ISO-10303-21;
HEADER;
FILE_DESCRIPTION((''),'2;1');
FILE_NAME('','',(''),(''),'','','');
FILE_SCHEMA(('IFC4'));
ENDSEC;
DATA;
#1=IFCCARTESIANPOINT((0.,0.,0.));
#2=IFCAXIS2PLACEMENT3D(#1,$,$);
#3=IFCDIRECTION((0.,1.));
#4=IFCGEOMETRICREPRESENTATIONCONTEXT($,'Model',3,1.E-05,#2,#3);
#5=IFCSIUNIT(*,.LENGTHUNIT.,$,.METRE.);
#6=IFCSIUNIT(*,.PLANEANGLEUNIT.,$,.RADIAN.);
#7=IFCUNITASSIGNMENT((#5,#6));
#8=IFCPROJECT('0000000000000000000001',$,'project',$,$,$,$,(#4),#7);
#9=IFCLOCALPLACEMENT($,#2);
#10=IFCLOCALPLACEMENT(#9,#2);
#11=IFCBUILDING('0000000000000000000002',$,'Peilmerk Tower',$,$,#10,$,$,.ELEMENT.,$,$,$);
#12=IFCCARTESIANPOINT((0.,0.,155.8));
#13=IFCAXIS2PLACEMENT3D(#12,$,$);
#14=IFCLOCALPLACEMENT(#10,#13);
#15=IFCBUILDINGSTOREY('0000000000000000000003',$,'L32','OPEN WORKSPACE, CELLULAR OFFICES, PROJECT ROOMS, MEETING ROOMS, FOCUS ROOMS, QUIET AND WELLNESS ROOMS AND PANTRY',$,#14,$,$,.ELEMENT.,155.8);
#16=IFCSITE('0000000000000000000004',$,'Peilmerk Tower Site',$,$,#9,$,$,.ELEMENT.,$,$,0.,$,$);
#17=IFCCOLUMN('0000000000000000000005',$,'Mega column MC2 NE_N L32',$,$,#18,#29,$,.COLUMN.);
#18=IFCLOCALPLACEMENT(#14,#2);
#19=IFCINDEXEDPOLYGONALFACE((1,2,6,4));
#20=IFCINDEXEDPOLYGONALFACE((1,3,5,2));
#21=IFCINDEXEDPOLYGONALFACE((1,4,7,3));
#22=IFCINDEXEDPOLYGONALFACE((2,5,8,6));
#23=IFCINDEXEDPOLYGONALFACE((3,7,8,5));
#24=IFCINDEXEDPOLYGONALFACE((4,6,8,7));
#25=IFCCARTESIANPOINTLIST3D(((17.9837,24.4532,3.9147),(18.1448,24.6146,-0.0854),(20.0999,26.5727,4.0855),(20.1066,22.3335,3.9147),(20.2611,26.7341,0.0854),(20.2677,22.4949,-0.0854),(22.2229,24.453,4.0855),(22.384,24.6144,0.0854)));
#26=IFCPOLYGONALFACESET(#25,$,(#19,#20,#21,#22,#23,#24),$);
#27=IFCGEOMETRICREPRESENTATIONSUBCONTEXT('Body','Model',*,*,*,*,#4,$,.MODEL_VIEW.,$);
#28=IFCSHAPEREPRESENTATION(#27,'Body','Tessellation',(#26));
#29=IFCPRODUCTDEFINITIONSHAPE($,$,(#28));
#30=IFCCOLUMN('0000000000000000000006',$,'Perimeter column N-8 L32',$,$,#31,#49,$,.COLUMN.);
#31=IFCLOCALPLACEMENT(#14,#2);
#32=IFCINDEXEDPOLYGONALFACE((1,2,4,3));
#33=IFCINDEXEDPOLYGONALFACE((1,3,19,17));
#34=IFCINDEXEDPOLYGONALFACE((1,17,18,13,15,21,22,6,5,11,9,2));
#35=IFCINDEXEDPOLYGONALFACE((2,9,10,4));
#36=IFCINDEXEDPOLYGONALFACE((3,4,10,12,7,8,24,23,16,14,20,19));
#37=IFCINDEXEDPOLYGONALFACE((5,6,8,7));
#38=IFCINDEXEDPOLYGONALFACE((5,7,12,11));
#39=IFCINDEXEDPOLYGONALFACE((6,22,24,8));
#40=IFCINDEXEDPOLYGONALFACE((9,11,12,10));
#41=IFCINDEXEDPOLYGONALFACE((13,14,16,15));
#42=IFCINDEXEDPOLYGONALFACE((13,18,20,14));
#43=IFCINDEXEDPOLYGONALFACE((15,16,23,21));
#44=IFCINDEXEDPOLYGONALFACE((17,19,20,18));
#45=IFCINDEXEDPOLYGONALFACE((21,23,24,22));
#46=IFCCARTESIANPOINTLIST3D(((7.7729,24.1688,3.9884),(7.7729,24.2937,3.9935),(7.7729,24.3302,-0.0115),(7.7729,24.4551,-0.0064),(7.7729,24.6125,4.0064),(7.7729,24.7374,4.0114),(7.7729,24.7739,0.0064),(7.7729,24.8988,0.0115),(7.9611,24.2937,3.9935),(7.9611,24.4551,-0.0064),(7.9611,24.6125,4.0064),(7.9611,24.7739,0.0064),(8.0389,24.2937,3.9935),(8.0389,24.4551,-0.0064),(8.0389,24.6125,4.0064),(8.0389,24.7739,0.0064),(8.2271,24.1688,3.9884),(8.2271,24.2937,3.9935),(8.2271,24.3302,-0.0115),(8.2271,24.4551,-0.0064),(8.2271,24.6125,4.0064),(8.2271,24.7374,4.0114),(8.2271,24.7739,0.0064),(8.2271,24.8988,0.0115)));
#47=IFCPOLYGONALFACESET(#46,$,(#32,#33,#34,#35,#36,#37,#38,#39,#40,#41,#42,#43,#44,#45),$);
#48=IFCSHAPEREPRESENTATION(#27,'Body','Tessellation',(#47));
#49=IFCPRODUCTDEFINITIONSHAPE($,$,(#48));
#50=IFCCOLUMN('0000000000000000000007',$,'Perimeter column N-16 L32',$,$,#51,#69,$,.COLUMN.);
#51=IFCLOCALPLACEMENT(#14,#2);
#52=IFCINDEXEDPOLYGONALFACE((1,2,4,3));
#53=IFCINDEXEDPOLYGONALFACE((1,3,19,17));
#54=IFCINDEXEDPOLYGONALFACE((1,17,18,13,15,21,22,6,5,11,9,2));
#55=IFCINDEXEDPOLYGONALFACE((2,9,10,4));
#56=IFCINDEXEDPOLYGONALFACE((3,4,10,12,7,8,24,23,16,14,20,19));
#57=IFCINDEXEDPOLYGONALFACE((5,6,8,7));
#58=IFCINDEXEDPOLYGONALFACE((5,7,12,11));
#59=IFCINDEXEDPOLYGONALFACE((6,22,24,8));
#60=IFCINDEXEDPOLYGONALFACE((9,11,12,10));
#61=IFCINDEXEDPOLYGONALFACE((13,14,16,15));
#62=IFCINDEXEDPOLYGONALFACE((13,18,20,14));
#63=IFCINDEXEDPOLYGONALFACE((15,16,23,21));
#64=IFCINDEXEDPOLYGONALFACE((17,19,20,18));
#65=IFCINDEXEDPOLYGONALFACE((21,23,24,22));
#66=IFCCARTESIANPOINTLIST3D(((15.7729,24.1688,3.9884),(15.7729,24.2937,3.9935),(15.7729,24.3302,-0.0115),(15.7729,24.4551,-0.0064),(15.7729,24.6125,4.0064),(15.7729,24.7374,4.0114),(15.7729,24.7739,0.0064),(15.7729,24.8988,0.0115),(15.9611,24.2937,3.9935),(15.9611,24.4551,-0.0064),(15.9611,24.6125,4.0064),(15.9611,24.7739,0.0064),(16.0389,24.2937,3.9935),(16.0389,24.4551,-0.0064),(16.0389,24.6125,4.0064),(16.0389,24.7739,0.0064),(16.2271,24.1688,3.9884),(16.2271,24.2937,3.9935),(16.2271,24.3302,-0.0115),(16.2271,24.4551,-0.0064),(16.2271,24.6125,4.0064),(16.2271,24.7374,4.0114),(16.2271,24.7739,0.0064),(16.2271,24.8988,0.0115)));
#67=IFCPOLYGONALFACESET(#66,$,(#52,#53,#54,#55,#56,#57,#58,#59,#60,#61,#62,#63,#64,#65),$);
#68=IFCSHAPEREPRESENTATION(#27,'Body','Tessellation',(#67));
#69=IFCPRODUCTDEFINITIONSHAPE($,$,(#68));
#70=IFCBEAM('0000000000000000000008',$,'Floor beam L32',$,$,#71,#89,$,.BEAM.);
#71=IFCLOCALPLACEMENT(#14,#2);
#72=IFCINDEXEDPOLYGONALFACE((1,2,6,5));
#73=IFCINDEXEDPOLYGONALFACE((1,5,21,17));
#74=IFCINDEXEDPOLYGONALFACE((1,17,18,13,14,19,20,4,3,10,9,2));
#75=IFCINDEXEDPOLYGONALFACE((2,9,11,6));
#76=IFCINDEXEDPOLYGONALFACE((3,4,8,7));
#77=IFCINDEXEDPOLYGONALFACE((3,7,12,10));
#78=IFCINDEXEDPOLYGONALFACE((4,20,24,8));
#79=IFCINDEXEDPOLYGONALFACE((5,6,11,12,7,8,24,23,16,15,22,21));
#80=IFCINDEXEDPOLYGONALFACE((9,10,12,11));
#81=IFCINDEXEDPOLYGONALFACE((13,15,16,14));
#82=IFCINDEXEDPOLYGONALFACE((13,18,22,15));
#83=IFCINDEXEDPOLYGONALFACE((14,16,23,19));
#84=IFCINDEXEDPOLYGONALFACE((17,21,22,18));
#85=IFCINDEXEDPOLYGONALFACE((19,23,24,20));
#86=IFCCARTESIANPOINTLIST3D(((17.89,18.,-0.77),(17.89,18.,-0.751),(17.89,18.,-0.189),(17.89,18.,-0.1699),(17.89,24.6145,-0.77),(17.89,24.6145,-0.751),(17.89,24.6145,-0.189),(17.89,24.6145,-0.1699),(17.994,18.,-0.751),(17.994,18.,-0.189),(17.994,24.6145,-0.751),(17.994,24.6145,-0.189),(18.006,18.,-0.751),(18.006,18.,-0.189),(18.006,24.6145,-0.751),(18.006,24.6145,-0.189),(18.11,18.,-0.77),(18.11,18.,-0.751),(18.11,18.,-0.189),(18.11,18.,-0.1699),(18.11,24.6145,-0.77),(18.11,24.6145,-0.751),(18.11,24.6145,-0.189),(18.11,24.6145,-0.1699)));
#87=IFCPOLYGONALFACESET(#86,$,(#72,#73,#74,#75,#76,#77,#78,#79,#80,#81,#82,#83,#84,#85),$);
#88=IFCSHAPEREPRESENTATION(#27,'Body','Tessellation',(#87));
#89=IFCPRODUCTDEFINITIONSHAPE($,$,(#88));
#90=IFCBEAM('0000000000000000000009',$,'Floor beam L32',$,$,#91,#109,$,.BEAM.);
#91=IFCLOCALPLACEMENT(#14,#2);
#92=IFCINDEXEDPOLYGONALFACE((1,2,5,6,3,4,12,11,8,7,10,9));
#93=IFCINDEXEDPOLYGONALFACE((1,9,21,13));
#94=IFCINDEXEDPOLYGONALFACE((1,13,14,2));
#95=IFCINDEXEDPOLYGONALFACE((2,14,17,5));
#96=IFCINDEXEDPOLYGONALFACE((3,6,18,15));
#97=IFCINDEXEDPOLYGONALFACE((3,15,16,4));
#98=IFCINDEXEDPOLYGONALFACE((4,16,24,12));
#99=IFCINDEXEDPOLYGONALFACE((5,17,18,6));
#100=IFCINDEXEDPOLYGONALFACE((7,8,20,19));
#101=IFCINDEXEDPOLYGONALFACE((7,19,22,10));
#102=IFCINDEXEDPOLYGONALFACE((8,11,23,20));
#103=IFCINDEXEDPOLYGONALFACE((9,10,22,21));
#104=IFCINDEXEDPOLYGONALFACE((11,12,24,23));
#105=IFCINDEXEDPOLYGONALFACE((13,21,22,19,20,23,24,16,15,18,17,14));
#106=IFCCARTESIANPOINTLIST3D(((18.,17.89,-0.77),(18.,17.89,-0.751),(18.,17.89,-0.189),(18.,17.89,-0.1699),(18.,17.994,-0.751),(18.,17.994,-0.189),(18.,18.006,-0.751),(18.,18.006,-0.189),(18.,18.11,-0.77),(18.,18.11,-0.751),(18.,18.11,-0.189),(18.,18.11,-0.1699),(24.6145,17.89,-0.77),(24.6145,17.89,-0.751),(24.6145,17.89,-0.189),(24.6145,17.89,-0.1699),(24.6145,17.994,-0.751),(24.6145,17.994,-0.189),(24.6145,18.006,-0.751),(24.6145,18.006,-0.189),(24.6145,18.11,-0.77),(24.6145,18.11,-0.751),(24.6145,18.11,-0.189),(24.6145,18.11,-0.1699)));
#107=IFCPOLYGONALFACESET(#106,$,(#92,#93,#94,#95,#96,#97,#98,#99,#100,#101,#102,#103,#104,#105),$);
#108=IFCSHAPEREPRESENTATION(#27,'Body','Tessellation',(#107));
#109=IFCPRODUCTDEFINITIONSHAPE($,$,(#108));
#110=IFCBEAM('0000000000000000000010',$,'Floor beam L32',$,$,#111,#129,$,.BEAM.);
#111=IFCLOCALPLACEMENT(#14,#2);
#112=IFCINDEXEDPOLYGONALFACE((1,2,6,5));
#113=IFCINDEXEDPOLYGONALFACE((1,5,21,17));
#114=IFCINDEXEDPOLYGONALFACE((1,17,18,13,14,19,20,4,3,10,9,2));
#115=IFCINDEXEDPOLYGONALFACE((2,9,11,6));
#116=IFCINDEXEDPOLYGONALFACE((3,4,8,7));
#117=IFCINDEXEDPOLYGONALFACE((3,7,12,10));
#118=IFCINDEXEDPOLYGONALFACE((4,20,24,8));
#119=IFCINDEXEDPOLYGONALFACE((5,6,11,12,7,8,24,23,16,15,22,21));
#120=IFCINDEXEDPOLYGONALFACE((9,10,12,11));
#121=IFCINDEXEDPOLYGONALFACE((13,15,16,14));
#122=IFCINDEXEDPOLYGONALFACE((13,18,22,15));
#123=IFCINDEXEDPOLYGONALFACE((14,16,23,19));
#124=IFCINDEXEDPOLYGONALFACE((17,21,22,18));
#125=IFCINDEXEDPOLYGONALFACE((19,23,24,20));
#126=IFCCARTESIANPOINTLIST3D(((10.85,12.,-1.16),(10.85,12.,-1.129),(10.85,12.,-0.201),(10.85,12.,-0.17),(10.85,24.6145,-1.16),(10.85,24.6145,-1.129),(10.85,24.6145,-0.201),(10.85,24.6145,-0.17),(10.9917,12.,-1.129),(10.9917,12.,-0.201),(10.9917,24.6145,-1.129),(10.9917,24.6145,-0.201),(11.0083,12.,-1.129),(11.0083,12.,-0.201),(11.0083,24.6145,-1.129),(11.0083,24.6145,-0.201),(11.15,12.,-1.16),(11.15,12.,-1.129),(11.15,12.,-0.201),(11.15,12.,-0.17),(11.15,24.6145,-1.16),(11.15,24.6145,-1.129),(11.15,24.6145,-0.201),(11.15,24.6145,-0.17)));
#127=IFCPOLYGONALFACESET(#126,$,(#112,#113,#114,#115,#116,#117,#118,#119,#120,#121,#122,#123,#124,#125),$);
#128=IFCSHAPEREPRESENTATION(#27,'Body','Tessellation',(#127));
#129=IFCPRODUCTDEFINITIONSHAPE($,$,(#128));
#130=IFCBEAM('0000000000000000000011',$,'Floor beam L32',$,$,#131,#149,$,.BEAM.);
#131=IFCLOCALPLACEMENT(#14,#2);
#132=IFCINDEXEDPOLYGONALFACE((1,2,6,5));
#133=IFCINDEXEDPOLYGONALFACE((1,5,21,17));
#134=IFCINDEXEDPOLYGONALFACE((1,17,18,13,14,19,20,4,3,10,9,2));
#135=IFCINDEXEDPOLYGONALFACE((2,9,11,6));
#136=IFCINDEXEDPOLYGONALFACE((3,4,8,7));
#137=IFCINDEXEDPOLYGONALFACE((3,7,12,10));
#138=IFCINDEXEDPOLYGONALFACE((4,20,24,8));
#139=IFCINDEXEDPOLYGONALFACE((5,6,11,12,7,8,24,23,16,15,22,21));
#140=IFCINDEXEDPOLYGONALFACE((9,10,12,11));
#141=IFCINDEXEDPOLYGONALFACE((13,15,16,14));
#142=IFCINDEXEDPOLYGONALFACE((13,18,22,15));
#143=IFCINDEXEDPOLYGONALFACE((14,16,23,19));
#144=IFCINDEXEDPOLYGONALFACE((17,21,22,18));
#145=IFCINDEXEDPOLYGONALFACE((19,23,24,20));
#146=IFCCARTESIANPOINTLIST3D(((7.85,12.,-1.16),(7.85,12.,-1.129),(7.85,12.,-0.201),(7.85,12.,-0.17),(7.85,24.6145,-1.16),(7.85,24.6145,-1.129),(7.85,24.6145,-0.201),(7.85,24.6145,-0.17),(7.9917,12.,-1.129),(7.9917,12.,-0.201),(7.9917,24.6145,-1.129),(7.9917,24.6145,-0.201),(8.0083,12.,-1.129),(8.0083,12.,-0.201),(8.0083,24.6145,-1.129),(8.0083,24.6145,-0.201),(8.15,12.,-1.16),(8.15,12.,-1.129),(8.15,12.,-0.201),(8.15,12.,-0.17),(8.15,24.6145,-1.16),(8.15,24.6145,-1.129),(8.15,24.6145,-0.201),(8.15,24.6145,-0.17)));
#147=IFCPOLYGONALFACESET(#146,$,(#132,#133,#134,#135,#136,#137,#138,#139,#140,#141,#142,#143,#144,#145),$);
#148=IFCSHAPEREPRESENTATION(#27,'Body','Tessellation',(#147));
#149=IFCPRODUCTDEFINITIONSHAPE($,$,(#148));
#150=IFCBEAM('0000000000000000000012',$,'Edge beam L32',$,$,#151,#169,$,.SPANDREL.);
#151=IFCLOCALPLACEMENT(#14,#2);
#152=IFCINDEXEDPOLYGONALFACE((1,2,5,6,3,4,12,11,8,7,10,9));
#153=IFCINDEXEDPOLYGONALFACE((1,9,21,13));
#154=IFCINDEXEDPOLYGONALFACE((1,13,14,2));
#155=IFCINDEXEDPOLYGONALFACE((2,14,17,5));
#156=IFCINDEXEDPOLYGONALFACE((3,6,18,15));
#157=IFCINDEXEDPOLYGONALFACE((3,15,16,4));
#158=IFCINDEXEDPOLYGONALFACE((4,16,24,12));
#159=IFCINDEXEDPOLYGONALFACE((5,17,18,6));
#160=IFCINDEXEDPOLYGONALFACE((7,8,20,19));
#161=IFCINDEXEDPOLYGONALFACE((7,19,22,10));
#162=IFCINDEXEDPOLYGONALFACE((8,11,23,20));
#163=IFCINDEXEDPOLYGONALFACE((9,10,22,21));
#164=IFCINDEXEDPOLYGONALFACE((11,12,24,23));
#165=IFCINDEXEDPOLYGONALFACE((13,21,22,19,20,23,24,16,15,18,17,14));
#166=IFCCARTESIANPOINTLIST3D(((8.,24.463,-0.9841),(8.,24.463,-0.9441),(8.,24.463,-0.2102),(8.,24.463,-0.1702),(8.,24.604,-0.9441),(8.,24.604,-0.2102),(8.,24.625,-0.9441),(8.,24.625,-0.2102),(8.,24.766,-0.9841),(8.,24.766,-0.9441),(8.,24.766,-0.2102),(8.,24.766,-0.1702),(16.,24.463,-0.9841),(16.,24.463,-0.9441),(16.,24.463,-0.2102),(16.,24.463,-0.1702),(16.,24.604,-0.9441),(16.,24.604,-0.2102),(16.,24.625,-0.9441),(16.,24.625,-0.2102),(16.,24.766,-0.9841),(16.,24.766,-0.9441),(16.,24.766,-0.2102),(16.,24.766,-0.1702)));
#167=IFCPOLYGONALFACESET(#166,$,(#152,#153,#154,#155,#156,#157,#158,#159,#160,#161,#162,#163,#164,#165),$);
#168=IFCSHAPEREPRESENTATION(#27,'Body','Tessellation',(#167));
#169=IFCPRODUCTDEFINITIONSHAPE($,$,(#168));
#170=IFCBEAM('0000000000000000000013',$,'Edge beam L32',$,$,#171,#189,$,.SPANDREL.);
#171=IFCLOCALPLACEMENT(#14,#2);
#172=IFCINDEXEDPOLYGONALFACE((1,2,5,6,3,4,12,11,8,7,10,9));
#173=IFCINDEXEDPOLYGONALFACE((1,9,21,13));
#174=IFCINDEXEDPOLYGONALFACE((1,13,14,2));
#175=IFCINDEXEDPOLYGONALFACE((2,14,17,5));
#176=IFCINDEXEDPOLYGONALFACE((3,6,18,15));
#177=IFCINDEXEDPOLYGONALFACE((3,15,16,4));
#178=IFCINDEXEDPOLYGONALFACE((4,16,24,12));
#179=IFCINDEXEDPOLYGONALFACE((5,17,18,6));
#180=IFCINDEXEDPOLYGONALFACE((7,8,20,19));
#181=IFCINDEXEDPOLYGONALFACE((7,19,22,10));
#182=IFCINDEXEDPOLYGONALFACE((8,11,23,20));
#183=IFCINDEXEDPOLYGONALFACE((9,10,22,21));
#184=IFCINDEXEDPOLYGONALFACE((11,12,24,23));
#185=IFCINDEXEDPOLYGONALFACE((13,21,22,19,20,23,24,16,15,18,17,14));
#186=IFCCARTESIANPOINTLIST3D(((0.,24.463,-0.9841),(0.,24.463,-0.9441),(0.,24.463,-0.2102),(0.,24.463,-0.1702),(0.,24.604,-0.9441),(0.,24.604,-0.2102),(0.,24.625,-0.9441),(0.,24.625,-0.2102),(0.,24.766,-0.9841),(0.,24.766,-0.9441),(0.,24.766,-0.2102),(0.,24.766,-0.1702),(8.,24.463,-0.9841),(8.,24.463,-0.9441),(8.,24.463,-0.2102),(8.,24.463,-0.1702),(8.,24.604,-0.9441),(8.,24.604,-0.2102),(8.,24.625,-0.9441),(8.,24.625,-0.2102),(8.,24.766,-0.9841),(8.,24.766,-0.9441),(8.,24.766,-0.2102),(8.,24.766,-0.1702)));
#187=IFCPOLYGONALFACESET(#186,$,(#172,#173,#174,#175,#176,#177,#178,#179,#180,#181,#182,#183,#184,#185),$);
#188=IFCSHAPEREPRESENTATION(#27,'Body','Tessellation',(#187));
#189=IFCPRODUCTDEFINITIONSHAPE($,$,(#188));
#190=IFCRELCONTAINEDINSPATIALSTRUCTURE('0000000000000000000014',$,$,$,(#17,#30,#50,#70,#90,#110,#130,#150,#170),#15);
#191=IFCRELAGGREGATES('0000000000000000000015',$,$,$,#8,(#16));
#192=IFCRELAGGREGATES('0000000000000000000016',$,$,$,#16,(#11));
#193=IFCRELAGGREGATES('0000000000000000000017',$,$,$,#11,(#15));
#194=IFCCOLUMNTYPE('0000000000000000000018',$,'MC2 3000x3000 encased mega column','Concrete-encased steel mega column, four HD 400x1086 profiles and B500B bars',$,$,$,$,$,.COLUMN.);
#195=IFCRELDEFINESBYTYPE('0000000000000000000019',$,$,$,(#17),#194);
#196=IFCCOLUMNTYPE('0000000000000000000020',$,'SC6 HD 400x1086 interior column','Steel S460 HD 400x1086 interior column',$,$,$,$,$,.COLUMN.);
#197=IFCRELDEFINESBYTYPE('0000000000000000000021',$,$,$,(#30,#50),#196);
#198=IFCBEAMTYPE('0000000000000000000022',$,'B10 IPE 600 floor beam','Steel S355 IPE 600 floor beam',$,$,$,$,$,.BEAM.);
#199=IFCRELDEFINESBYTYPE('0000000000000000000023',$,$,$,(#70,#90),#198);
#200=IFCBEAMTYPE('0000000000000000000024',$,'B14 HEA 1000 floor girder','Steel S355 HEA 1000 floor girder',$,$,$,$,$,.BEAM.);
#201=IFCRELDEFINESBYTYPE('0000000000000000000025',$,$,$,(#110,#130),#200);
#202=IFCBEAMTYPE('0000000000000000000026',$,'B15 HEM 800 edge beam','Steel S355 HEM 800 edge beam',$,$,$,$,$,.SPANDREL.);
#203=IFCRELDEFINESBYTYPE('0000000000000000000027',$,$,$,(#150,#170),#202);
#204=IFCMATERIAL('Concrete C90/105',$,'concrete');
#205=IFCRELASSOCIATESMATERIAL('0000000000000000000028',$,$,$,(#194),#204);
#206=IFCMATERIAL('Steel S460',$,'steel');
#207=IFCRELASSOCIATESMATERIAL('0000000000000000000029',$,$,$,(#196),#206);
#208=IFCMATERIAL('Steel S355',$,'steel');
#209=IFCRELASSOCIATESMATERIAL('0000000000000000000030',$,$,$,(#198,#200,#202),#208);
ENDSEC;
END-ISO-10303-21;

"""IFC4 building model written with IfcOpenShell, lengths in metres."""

from ifc_helpers import new_model, si_unit, direction, frame, origin, origin_2d, place, context, subcontext, project, spatial, rectangle, i_section, extrude, material, material_profile, profile_set, type_object, element, save


model = new_model("IFC4")

# Units and contexts
model_context = context("Model", 3, precision=1e-05, world=origin(), true_north=direction((0.0, 1.0)))
body_context = subcontext(model_context, "Body", "Model", "MODEL_VIEW")
ifc_project = project(units=[si_unit("LENGTHUNIT", "METRE"), si_unit("PLANEANGLEUNIT", "RADIAN")], contexts=[model_context])

# Site, building, storey
site_placement = place(None, origin())
site = spatial("IfcSite", under=ifc_project, at=site_placement, Name="Peilmerk Tower Site", CompositionType="ELEMENT", RefElevation=0.0)
building_placement = place(site_placement, origin())
building = spatial("IfcBuilding", under=site, at=building_placement, Name="Peilmerk Tower", CompositionType="ELEMENT")
storey_placement = place(building_placement, frame((0.0, 0.0, 155.8)))
storey = spatial("IfcBuildingStorey", under=building, at=storey_placement, Name="L32", Description="OPEN WORKSPACE, CELLULAR OFFICES, PROJECT ROOMS, MEETING ROOMS, FOCUS ROOMS, QUIET AND WELLNESS ROOMS AND PANTRY", CompositionType="ELEMENT", Elevation=155.8)

# Columns
ifc_material_1 = material(Name="Concrete C90/105", Category="concrete")
ifc_material_profile_1 = material_profile(ifc_material_1, rectangle(XDim=3.0, YDim=3.0, at=origin_2d()), Name="RC 3000x3000")
ifc_profile_set_1 = profile_set([ifc_material_profile_1], Name="Concrete C90/105")
column_type_1 = type_object("IfcColumnType", Name="MC2 3000x3000 encased mega column", Description="Concrete-encased steel mega column, four HD 400x1086 profiles and B500B bars", PredefinedType="COLUMN", material=ifc_profile_set_1)
column_placement = place(storey_placement, frame((20.2644, 24.6145, 0.0), z_axis=(-0.040218, -0.040279, 0.998379), x_axis=(0.707642, -0.706571, 0.0)))
element("IfcColumn", 1, at=column_placement, inside=storey, type_object=column_type_1, Name="Mega column MC2 NE_N L32", PredefinedType="COLUMN", context=body_context, shape_type="SweptSolid", body=[
    extrude(rectangle(XDim=3.0, YDim=3.0, at=origin_2d()), origin(), (0.0, 0.0, 1.0), 4.0066),
])
ifc_material_2 = material(Name="Steel S460", Category="steel")
ifc_material_profile_2 = material_profile(ifc_material_2, i_section(OverallWidth=0.4541, OverallDepth=0.5691, WebThickness=0.0779, FlangeThickness=0.125, at=origin_2d()), Name="HD 400x1086")
ifc_profile_set_2 = profile_set([ifc_material_profile_2], Name="Steel S460")
column_type_2 = type_object("IfcColumnType", Name="SC6 HD 400x1086 interior column", Description="Steel S460 HD 400x1086 interior column", PredefinedType="COLUMN", material=ifc_profile_set_2)
for number, where, z_axis, x_axis, name in (
    (2, (8.0, 24.6145, 0.0), (0.0, -0.040311, 0.999187), (1.0, 0.0, 0.0), "Perimeter column N-8 L32"),
    (3, (16.0, 24.6145, 0.0), (0.0, -0.040311, 0.999187), (1.0, 0.0, 0.0), "Perimeter column N-16 L32"),
):
    element("IfcColumn", number, at=place(storey_placement, frame(where, z_axis=z_axis, x_axis=x_axis)), inside=storey, type_object=column_type_2, Name=name, PredefinedType="COLUMN", context=body_context, shape_type="SweptSolid", body=[
        extrude(i_section(OverallWidth=0.4541, OverallDepth=0.5691, WebThickness=0.0779, FlangeThickness=0.125, at=origin_2d()), origin(), (0.0, 0.0, 1.0), 4.0032),
    ])

# Beams
ifc_material_3 = material(Name="Steel S355", Category="steel")
ifc_material_profile_3 = material_profile(ifc_material_3, i_section(OverallWidth=0.22, OverallDepth=0.6001, WebThickness=0.012, FlangeThickness=0.019, at=origin_2d()), Name="IPE 600")
ifc_profile_set_3 = profile_set([ifc_material_profile_3], Name="Steel S355")
beam_type_1 = type_object("IfcBeamType", Name="B10 IPE 600 floor beam", Description="Steel S355 IPE 600 floor beam", PredefinedType="BEAM", material=ifc_profile_set_3)
for number, where, z_axis, x_axis, name in (
    (4, (18.0, 18.0, -0.47), (0.0, 1.0, 0.0), (-1.0, 0.0, 0.0), "Floor beam L32"),
    (5, (18.0, 18.0, -0.47), (1.0, 0.0, 0.0), (0.0, 1.0, 0.0), "Floor beam L32"),
):
    element("IfcBeam", number, at=place(storey_placement, frame(where, z_axis=z_axis, x_axis=x_axis)), inside=storey, type_object=beam_type_1, Name=name, PredefinedType="BEAM", context=body_context, shape_type="SweptSolid", body=[
        extrude(i_section(OverallWidth=0.22, OverallDepth=0.6001, WebThickness=0.012, FlangeThickness=0.019, at=origin_2d()), origin(), (0.0, 0.0, 1.0), 6.6145),
    ])
ifc_material_profile_4 = material_profile(ifc_material_3, i_section(OverallWidth=0.3, OverallDepth=0.99, WebThickness=0.0166, FlangeThickness=0.031, at=origin_2d()), Name="HEA 1000")
ifc_profile_set_4 = profile_set([ifc_material_profile_4], Name="Steel S355")
beam_type_2 = type_object("IfcBeamType", Name="B14 HEA 1000 floor girder", Description="Steel S355 HEA 1000 floor girder", PredefinedType="BEAM", material=ifc_profile_set_4)
for number, where, z_axis, x_axis, name in (
    (6, (11.0, 12.0, -0.665), (0.0, 1.0, 0.0), (-1.0, 0.0, 0.0), "Floor beam L32"),
    (7, (8.0, 12.0, -0.665), (0.0, 1.0, 0.0), (-1.0, 0.0, 0.0), "Floor beam L32"),
):
    element("IfcBeam", number, at=place(storey_placement, frame(where, z_axis=z_axis, x_axis=x_axis)), inside=storey, type_object=beam_type_2, Name=name, PredefinedType="BEAM", context=body_context, shape_type="SweptSolid", body=[
        extrude(i_section(OverallWidth=0.3, OverallDepth=0.99, WebThickness=0.0166, FlangeThickness=0.031, at=origin_2d()), origin(), (0.0, 0.0, 1.0), 12.6145),
    ])
ifc_material_profile_5 = material_profile(ifc_material_3, i_section(OverallWidth=0.303, OverallDepth=0.814, WebThickness=0.021, FlangeThickness=0.04, at=origin_2d()), Name="HEM 800")
ifc_profile_set_5 = profile_set([ifc_material_profile_5], Name="Steel S355")
beam_type_3 = type_object("IfcBeamType", Name="B15 HEM 800 edge beam", Description="Steel S355 HEM 800 edge beam", PredefinedType="SPANDREL", material=ifc_profile_set_5)
for number, where, z_axis, x_axis, name in (
    (8, (16.0, 24.6145, -0.5771), (-1.0, 0.0, 0.0), (0.0, -1.0, 0.0), "Edge beam L32"),
    (9, (8.0, 24.6145, -0.5771), (-1.0, 0.0, 0.0), (0.0, -1.0, 0.0), "Edge beam L32"),
):
    element("IfcBeam", number, at=place(storey_placement, frame(where, z_axis=z_axis, x_axis=x_axis)), inside=storey, type_object=beam_type_3, Name=name, PredefinedType="SPANDREL", context=body_context, shape_type="SweptSolid", body=[
        extrude(i_section(OverallWidth=0.303, OverallDepth=0.814, WebThickness=0.021, FlangeThickness=0.04, at=origin_2d()), origin(), (0.0, 0.0, 1.0), 8.0),
    ])

save(model, "model.ifc")
